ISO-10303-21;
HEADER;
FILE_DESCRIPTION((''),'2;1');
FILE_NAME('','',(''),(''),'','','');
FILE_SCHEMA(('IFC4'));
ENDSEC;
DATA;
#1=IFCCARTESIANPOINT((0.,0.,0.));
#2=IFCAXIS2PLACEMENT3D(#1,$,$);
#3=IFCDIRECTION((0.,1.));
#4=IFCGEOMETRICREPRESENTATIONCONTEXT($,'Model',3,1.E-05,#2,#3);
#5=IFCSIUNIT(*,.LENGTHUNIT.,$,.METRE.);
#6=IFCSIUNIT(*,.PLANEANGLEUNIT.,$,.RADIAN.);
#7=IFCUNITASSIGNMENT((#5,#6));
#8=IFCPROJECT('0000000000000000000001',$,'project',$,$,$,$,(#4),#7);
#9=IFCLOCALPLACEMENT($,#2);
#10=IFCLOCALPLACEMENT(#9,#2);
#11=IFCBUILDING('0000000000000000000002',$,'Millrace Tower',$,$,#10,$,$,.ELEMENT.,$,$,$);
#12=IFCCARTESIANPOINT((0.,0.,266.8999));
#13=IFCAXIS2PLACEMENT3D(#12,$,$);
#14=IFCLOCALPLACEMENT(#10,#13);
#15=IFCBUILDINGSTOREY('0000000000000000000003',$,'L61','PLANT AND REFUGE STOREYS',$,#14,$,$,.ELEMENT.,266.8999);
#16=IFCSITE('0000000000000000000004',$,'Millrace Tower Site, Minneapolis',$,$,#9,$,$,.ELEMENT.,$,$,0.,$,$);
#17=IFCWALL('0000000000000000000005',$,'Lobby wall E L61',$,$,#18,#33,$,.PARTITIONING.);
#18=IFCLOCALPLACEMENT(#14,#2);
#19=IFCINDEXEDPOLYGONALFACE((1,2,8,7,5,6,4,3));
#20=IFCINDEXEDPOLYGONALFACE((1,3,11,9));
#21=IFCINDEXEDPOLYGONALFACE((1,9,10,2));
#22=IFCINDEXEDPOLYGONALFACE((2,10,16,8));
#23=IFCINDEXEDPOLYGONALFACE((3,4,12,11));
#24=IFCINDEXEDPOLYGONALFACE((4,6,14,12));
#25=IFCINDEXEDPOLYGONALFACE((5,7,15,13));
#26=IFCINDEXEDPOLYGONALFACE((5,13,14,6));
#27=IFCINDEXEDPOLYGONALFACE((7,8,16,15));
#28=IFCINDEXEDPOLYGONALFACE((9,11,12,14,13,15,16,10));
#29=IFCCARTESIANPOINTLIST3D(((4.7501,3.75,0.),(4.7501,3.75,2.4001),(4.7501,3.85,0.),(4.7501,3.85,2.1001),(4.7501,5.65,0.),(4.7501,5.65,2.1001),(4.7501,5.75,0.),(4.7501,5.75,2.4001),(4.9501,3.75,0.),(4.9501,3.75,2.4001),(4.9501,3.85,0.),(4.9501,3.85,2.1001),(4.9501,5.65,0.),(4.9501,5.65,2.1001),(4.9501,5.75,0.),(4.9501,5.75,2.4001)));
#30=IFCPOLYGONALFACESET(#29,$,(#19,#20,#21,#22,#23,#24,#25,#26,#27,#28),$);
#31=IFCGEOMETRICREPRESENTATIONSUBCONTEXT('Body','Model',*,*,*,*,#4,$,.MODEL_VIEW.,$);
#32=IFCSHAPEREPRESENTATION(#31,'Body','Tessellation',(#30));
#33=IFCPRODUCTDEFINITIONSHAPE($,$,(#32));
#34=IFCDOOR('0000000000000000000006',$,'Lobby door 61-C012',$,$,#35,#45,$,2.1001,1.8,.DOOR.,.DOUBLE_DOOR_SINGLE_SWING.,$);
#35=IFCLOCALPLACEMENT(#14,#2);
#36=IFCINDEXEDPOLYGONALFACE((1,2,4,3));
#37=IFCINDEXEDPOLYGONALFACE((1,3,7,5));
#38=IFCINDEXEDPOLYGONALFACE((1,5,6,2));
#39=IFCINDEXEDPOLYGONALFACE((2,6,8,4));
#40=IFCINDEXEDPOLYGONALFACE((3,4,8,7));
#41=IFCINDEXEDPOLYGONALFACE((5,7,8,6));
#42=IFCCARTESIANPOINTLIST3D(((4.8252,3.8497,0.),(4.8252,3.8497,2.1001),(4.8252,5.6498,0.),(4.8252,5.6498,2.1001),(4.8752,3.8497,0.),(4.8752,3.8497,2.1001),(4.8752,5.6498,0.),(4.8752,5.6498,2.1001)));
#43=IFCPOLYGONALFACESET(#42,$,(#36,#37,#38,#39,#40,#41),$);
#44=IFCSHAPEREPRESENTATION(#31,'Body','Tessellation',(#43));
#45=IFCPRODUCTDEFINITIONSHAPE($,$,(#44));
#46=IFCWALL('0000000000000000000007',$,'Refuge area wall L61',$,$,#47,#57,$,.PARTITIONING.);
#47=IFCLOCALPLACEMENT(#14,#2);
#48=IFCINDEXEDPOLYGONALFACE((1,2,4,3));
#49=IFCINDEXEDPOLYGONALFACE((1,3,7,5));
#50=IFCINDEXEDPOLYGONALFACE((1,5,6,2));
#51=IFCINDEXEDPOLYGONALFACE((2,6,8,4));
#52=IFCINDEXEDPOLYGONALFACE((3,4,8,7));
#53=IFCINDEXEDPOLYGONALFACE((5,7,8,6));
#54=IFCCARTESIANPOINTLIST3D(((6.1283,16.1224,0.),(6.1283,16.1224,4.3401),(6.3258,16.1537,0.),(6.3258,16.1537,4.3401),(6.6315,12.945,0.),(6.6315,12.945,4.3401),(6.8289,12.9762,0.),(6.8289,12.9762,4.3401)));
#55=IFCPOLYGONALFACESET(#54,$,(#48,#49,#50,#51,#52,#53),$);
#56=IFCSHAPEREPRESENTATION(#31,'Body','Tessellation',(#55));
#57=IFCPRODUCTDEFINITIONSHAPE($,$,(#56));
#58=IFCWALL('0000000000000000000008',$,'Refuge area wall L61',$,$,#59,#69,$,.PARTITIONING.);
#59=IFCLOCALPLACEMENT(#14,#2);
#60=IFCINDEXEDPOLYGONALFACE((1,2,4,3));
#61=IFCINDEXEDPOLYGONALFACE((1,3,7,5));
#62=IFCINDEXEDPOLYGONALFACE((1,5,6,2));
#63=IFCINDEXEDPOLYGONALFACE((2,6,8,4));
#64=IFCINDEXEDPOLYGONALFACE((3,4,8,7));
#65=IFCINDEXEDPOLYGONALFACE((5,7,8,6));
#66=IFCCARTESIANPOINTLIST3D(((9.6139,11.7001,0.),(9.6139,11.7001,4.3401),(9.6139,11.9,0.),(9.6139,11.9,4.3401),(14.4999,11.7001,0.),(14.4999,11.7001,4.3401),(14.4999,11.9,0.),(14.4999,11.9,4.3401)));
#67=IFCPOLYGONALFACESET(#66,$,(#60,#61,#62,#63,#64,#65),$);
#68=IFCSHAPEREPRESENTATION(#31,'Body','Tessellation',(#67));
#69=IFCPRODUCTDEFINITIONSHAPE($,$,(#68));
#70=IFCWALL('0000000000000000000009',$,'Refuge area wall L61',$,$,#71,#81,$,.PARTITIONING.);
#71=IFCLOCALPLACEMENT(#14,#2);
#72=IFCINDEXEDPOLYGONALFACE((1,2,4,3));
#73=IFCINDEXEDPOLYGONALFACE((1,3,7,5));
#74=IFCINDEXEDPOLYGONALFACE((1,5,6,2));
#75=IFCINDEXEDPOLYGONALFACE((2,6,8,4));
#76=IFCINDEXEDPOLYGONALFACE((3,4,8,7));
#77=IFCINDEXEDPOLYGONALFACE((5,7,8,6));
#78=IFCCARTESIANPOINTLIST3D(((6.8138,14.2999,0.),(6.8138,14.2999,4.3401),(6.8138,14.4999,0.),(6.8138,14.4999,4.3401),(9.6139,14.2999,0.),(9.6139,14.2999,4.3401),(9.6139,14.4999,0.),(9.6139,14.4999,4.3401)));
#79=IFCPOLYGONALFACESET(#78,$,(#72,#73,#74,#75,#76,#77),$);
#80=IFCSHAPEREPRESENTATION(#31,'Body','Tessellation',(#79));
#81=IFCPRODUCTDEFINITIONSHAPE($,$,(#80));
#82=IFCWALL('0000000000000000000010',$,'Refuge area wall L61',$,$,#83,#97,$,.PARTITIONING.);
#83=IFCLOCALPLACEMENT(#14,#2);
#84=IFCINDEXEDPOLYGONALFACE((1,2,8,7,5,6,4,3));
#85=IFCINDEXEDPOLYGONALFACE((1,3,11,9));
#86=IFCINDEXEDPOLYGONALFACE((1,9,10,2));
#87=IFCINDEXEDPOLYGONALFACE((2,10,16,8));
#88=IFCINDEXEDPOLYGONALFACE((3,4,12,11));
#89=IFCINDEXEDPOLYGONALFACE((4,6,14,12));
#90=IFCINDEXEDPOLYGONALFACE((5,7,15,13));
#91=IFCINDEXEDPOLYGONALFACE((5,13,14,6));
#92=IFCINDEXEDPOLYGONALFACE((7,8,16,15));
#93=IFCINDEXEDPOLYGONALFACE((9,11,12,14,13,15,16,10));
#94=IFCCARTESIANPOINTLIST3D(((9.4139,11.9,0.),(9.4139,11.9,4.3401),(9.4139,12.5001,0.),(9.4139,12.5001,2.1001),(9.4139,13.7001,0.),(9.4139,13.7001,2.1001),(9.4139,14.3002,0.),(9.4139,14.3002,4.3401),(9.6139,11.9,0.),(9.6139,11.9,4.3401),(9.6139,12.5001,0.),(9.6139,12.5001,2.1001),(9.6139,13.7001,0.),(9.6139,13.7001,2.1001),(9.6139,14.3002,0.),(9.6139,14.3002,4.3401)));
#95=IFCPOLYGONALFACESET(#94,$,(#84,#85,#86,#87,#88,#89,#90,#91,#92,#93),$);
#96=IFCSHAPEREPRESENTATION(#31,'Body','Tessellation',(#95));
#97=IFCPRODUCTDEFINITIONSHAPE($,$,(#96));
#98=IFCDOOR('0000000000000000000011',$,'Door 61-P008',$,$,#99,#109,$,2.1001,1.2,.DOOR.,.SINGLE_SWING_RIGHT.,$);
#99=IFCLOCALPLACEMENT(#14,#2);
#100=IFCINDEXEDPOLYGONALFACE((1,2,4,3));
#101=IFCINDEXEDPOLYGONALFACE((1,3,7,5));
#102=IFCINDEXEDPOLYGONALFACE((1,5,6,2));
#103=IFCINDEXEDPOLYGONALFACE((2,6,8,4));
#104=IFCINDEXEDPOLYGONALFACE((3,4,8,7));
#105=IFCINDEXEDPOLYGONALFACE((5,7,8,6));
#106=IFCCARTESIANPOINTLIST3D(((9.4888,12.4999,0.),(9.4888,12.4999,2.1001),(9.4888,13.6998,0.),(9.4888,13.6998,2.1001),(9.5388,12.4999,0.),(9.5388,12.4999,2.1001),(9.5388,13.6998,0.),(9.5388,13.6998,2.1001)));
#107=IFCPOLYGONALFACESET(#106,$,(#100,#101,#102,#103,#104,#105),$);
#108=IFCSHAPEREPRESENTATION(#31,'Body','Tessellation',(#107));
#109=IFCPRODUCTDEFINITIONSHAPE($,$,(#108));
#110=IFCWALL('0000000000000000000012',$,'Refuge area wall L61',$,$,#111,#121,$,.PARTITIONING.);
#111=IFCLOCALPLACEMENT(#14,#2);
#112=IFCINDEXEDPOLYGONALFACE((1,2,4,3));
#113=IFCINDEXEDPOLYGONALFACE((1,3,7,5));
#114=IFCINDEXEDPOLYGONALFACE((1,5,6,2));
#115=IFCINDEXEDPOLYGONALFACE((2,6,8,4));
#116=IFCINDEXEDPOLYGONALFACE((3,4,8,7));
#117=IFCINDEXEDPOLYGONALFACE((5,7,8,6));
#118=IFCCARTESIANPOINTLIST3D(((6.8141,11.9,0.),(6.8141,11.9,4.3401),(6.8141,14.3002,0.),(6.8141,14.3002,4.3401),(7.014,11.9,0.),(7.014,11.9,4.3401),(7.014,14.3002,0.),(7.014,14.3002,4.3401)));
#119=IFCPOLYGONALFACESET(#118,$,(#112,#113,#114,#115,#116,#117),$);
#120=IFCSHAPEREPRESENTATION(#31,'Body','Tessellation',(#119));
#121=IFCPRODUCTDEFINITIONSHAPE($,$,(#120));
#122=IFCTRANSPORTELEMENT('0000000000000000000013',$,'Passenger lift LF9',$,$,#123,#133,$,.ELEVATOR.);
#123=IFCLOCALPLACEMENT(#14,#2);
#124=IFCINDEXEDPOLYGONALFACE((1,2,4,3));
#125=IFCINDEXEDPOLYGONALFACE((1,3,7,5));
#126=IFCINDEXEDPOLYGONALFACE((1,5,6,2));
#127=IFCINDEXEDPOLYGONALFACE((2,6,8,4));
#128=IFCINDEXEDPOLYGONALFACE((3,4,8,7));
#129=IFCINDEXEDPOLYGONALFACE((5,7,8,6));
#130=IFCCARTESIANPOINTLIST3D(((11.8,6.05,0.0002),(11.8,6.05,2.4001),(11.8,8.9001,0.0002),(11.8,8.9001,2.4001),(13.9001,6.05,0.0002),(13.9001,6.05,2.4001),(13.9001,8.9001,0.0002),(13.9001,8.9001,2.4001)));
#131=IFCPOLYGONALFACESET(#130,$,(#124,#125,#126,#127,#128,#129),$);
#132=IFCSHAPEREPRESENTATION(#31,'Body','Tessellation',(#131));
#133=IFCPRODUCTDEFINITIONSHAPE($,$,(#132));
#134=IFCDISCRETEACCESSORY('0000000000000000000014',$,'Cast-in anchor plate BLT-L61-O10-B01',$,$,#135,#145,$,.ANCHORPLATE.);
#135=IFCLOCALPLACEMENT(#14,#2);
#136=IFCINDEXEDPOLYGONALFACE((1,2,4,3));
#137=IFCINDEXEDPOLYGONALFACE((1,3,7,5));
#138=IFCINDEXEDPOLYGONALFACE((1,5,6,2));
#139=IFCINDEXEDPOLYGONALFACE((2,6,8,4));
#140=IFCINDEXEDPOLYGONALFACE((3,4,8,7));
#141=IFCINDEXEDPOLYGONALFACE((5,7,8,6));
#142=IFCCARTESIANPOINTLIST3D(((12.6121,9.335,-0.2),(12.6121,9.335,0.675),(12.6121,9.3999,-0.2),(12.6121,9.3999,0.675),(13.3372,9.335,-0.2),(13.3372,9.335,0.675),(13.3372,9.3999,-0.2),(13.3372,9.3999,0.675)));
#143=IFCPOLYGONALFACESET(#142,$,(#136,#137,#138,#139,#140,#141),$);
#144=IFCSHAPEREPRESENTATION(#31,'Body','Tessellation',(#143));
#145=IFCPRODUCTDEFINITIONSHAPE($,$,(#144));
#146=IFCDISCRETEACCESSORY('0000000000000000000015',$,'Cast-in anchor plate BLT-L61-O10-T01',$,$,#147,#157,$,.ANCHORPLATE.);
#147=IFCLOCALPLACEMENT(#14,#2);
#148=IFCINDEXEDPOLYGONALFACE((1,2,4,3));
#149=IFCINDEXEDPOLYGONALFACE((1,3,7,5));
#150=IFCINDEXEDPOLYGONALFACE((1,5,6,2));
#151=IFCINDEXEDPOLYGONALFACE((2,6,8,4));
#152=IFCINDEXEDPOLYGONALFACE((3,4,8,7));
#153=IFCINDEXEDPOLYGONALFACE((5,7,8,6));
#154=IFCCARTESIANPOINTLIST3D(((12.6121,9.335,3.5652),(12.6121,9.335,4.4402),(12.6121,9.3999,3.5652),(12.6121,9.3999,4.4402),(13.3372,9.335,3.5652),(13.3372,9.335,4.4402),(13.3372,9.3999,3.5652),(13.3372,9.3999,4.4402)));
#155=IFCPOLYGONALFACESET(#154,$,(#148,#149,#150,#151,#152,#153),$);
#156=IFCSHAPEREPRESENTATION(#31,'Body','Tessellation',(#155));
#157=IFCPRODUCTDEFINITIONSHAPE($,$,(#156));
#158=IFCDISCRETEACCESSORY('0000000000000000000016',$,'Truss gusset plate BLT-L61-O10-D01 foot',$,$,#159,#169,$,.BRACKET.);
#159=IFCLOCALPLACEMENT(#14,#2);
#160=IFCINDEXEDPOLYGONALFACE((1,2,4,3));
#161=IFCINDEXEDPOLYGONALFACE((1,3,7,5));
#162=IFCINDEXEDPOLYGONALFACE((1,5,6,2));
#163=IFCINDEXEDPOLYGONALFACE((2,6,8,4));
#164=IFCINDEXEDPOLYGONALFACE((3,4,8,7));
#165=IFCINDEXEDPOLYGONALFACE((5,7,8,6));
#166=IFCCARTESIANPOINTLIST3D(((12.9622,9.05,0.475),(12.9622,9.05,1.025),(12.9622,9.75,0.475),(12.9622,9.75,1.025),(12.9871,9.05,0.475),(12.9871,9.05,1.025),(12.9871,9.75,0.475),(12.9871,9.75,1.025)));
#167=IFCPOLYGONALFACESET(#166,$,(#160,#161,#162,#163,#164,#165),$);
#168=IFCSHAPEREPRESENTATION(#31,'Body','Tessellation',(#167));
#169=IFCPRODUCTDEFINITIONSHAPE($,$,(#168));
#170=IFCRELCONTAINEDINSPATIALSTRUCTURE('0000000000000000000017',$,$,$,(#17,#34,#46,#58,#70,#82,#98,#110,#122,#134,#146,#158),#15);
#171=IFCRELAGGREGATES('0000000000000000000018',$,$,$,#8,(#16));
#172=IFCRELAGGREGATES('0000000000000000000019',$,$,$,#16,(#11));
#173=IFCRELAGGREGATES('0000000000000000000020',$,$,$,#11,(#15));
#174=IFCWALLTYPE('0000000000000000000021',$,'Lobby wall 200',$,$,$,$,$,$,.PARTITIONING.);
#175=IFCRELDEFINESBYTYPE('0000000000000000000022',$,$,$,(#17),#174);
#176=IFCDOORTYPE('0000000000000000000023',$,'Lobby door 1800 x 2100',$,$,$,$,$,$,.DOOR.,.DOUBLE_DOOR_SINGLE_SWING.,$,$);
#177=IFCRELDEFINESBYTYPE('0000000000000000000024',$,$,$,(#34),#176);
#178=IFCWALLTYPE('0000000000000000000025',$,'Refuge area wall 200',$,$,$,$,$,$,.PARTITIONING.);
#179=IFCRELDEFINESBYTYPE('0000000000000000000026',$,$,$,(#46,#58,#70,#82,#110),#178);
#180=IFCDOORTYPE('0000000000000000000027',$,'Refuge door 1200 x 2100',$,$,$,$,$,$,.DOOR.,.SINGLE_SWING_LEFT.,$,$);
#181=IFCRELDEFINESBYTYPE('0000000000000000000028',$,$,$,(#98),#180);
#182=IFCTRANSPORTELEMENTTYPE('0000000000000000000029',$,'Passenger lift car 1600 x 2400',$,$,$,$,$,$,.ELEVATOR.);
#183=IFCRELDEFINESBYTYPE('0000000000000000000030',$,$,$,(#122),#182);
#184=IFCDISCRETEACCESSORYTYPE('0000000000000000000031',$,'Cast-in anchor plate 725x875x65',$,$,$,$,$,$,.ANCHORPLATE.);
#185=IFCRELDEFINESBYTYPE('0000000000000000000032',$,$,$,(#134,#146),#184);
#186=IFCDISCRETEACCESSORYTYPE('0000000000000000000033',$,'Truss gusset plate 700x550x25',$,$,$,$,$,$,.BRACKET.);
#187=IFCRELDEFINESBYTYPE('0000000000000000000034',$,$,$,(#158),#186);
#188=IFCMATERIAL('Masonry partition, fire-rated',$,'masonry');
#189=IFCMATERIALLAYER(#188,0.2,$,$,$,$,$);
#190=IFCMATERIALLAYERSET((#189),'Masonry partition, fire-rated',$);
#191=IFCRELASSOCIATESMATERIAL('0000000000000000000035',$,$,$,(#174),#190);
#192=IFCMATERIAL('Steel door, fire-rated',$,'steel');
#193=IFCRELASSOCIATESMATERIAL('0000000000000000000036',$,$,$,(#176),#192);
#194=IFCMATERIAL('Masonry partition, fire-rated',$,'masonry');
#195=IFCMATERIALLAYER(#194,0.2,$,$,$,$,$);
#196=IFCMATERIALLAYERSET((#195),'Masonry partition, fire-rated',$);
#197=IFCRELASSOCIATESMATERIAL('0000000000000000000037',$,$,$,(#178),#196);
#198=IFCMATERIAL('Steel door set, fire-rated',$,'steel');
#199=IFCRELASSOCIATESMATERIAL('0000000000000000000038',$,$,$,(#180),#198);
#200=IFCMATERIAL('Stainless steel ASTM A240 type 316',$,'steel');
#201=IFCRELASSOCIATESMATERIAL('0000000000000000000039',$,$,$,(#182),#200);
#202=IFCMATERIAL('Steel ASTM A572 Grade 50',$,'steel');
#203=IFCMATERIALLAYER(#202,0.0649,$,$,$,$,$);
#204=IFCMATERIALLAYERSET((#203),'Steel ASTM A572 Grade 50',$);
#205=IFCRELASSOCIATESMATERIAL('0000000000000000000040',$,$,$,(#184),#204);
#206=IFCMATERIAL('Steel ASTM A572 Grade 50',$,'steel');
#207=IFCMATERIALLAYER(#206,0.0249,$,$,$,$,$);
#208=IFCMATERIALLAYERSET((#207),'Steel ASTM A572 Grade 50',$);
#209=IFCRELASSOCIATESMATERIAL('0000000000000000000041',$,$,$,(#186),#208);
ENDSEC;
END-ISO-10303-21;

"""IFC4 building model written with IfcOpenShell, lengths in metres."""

from ifc_helpers import new_model, si_unit, direction, frame, frame_2d, origin, origin_2d, place, context, subcontext, project, spatial, rectangle, extrude, material, layer, layer_set, type_object, element, fill, save


model = new_model("IFC4")

# Units and contexts
model_context = context("Model", 3, precision=1e-05, world=origin(), true_north=direction((0.0, 1.0)))
body_context = subcontext(model_context, "Body", "Model", "MODEL_VIEW")
ifc_project = project(units=[si_unit("LENGTHUNIT", "METRE"), si_unit("PLANEANGLEUNIT", "RADIAN")], contexts=[model_context])

# Site, building, storey
site_placement = place(None, origin())
site = spatial("IfcSite", under=ifc_project, at=site_placement, Name="Millrace Tower Site, Minneapolis", CompositionType="ELEMENT", RefElevation=0.0)
building_placement = place(site_placement, origin())
building = spatial("IfcBuilding", under=site, at=building_placement, Name="Millrace Tower", CompositionType="ELEMENT")
storey_placement = place(building_placement, frame((0.0, 0.0, 266.8999)))
storey = spatial("IfcBuildingStorey", under=building, at=storey_placement, Name="L61", Description="PLANT AND REFUGE STOREYS", CompositionType="ELEMENT", Elevation=266.8999)

# Wall, opening, door
ifc_material_1 = material(Name="Masonry partition, fire-rated", Category="masonry")
ifc_layer_1 = layer(ifc_material_1, 0.2)
ifc_layer_set_1 = layer_set([ifc_layer_1], Name="Masonry partition, fire-rated")
wall_type_1 = type_object("IfcWallType", Name="Lobby wall 200", PredefinedType="PARTITIONING", material=ifc_layer_set_1)
wall_1_placement = place(storey_placement, frame((4.8501, 5.75, 0.0), z_axis=(0.0, 0.0, 1.0), x_axis=(0.0, -1.0, 0.0)))
wall_1 = element("IfcWall", 1, at=wall_1_placement, inside=storey, type_object=wall_type_1, Name="Lobby wall E L61", PredefinedType="PARTITIONING", context=body_context, shape_type="SweptSolid", body=[
    extrude(rectangle(XDim=2.0, YDim=0.2, at=frame_2d((1.0, 0.0))), origin(), (0.0, 0.0, 1.0), 2.4001),
])
opening_1_placement = place(wall_1_placement, frame((0.1001, 0.0, 0.0)))
opening_1 = element("IfcOpeningElement", 2, at=opening_1_placement, cuts=wall_1, PredefinedType="OPENING", context=body_context, shape_type="SweptSolid", body=[
    extrude(rectangle(XDim=1.8, YDim=2.1001, at=frame_2d((0.8999, 1.05))), frame((0.0, 0.1099, 0.0), z_axis=(0.0, -1.0, 0.0), x_axis=(1.0, 0.0, 0.0)), (0.0, 0.0, 1.0), 0.22),
])
ifc_material_2 = material(Name="Steel door, fire-rated", Category="steel")
door_type_1 = type_object("IfcDoorType", Name="Lobby door 1800 x 2100", OperationType="DOUBLE_DOOR_SINGLE_SWING", PredefinedType="DOOR", material=ifc_material_2)
door_1_placement = place(opening_1_placement, frame((1.8, 0.0, 0.0), z_axis=(0.0, 0.0, 1.0), x_axis=(-1.0, 0.0, 0.0)))
door_1 = element("IfcDoor", 3, at=door_1_placement, inside=storey, type_object=door_type_1, Name="Lobby door 61-C012", OperationType="DOUBLE_DOOR_SINGLE_SWING", OverallHeight=2.1001, OverallWidth=1.8, PredefinedType="DOOR", context=body_context, shape_type="SweptSolid", body=[
    extrude(rectangle(XDim=1.8, YDim=2.1001, at=frame_2d((0.8999, 1.05))), frame((0.0, 0.0249, 0.0), z_axis=(0.0, -1.0, 0.0), x_axis=(1.0, 0.0, 0.0)), (0.0, 0.0, 1.0), 0.05),
])
fill(opening_1, door_1)

# Walls
ifc_material_3 = material(Name="Masonry partition, fire-rated", Category="masonry")
ifc_layer_2 = layer(ifc_material_3, 0.2)
ifc_layer_set_2 = layer_set([ifc_layer_2], Name="Masonry partition, fire-rated")
wall_type_2 = type_object("IfcWallType", Name="Refuge area wall 200", PredefinedType="PARTITIONING", material=ifc_layer_set_2)
wall_2_placement = place(storey_placement, frame((6.2271, 16.1379, 0.0), z_axis=(0.0, 0.0, 1.0), x_axis=(0.156407, -0.987693, 0.0)))
element("IfcWall", 4, at=wall_2_placement, inside=storey, type_object=wall_type_2, Name="Refuge area wall L61", PredefinedType="PARTITIONING", context=body_context, shape_type="SweptSolid", body=[
    extrude(rectangle(XDim=3.217, YDim=0.2, at=frame_2d((1.6084, 0.0))), origin(), (0.0, 0.0, 1.0), 4.3401),
])
wall_3_placement = place(storey_placement, frame((9.614, 11.8, 0.0), z_axis=(0.0, 0.0, 1.0), x_axis=(1.0, 0.0, 0.0)))
element("IfcWall", 5, at=wall_3_placement, inside=storey, type_object=wall_type_2, Name="Refuge area wall L61", PredefinedType="PARTITIONING", context=body_context, shape_type="SweptSolid", body=[
    extrude(rectangle(XDim=4.886, YDim=0.2, at=frame_2d((2.4429, 0.0))), origin(), (0.0, 0.0, 1.0), 4.3401),
])
wall_4_placement = place(storey_placement, frame((6.814, 14.3999, 0.0), z_axis=(0.0, 0.0, 1.0), x_axis=(1.0, 0.0, 0.0)))
element("IfcWall", 6, at=wall_4_placement, inside=storey, type_object=wall_type_2, Name="Refuge area wall L61", PredefinedType="PARTITIONING", context=body_context, shape_type="SweptSolid", body=[
    extrude(rectangle(XDim=2.8, YDim=0.2, at=frame_2d((1.3999, 0.0))), origin(), (0.0, 0.0, 1.0), 4.3401),
])

# Wall, opening, door
wall_5_placement = place(storey_placement, frame((9.5139, 11.8999, 0.0), z_axis=(0.0, 0.0, 1.0), x_axis=(0.0, 1.0, 0.0)))
wall_5 = element("IfcWall", 7, at=wall_5_placement, inside=storey, type_object=wall_type_2, Name="Refuge area wall L61", PredefinedType="PARTITIONING", context=body_context, shape_type="SweptSolid", body=[
    extrude(rectangle(XDim=2.4001, YDim=0.2, at=frame_2d((1.2002, 0.0))), origin(), (0.0, 0.0, 1.0), 4.3401),
])
opening_2_placement = place(wall_5_placement, frame((0.6001, 0.0, 0.0)))
opening_2 = element("IfcOpeningElement", 8, at=opening_2_placement, cuts=wall_5, PredefinedType="OPENING", context=body_context, shape_type="SweptSolid", body=[
    extrude(rectangle(XDim=1.2, YDim=2.1001, at=frame_2d((0.6001, 1.05))), frame((0.0, 0.1099, 0.0), z_axis=(0.0, -1.0, 0.0), x_axis=(1.0, 0.0, 0.0)), (0.0, 0.0, 1.0), 0.22),
])
ifc_material_4 = material(Name="Steel door set, fire-rated", Category="steel")
door_type_2 = type_object("IfcDoorType", Name="Refuge door 1200 x 2100", OperationType="SINGLE_SWING_LEFT", PredefinedType="DOOR", material=ifc_material_4)
door_2_placement = place(opening_2_placement, frame((1.2, 0.0, 0.0), z_axis=(0.0, 0.0, 1.0), x_axis=(-1.0, 0.0, 0.0)))
door_2 = element("IfcDoor", 9, at=door_2_placement, inside=storey, type_object=door_type_2, Name="Door 61-P008", OperationType="SINGLE_SWING_RIGHT", OverallHeight=2.1001, OverallWidth=1.2, PredefinedType="DOOR", context=body_context, shape_type="SweptSolid", body=[
    extrude(rectangle(XDim=1.2, YDim=2.1001, at=frame_2d((0.6001, 1.05))), frame((0.0, 0.0249, 0.0), z_axis=(0.0, -1.0, 0.0), x_axis=(1.0, 0.0, 0.0)), (0.0, 0.0, 1.0), 0.05),
])
fill(opening_2, door_2)

# Wall
wall_6_placement = place(storey_placement, frame((6.9141, 11.8999, 0.0), z_axis=(0.0, 0.0, 1.0), x_axis=(0.0, 1.0, 0.0)))
element("IfcWall", 10, at=wall_6_placement, inside=storey, type_object=wall_type_2, Name="Refuge area wall L61", PredefinedType="PARTITIONING", context=body_context, shape_type="SweptSolid", body=[
    extrude(rectangle(XDim=2.4001, YDim=0.2, at=frame_2d((1.2002, 0.0))), origin(), (0.0, 0.0, 1.0), 4.3401),
])

# Transport element
ifc_material_5 = material(Name="Stainless steel ASTM A240 type 316", Category="steel")
transport_element_type = type_object("IfcTransportElementType", Name="Passenger lift car 1600 x 2400", PredefinedType="ELEVATOR", material=ifc_material_5)
transport_element_placement = place(storey_placement, frame((12.8501, 7.4751, 0.0002), z_axis=(0.0, 0.0, 1.0), x_axis=(1.0, 0.0, 0.0)))
element("IfcTransportElement", 11, at=transport_element_placement, inside=storey, type_object=transport_element_type, Name="Passenger lift LF9", PredefinedType="ELEVATOR", context=body_context, shape_type="SweptSolid", body=[
    extrude(rectangle(XDim=2.1001, YDim=2.8501, at=origin_2d()), origin(), (0.0, 0.0, 1.0), 2.3999),
])

# Discrete accessories
ifc_material_6 = material(Name="Steel ASTM A572 Grade 50", Category="steel")
ifc_layer_3 = layer(ifc_material_6, 0.0649)
ifc_layer_set_3 = layer_set([ifc_layer_3], Name="Steel ASTM A572 Grade 50")
discrete_accessory_type_1 = type_object("IfcDiscreteAccessoryType", Name="Cast-in anchor plate 725x875x65", PredefinedType="ANCHORPLATE", material=ifc_layer_set_3)
for number, where, z_axis, x_axis, name in (
    (12, (12.9746, 9.335, 0.2375), (0.0, 1.0, 0.0), (-1.0, 0.0, 0.0), "Cast-in anchor plate BLT-L61-O10-B01"),
    (13, (12.9746, 9.335, 4.0027), (0.0, 1.0, 0.0), (-1.0, 0.0, 0.0), "Cast-in anchor plate BLT-L61-O10-T01"),
):
    element("IfcDiscreteAccessory", number, at=place(storey_placement, frame(where, z_axis=z_axis, x_axis=x_axis)), inside=storey, type_object=discrete_accessory_type_1, Name=name, PredefinedType="ANCHORPLATE", context=body_context, shape_type="SweptSolid", body=[
        extrude(rectangle(XDim=0.7251, YDim=0.875, at=origin_2d()), origin(), (0.0, 0.0, 1.0), 0.0649),
    ])
ifc_material_7 = material(Name="Steel ASTM A572 Grade 50", Category="steel")
ifc_layer_4 = layer(ifc_material_7, 0.0249)
ifc_layer_set_4 = layer_set([ifc_layer_4], Name="Steel ASTM A572 Grade 50")
discrete_accessory_type_2 = type_object("IfcDiscreteAccessoryType", Name="Truss gusset plate 700x550x25", PredefinedType="BRACKET", material=ifc_layer_set_4)
discrete_accessory_placement = place(storey_placement, frame((12.9746, 9.05, 0.75), z_axis=(0.0, 1.0, 0.0), x_axis=(-1.0, 0.0, 0.0)))
element("IfcDiscreteAccessory", 14, at=discrete_accessory_placement, inside=storey, type_object=discrete_accessory_type_2, Name="Truss gusset plate BLT-L61-O10-D01 foot", PredefinedType="BRACKET", context=body_context, shape_type="SweptSolid", body=[
    extrude(rectangle(XDim=0.0249, YDim=0.55, at=origin_2d()), origin(), (0.0, 0.0, 1.0), 0.7),
])

save(model, "model.ifc")
